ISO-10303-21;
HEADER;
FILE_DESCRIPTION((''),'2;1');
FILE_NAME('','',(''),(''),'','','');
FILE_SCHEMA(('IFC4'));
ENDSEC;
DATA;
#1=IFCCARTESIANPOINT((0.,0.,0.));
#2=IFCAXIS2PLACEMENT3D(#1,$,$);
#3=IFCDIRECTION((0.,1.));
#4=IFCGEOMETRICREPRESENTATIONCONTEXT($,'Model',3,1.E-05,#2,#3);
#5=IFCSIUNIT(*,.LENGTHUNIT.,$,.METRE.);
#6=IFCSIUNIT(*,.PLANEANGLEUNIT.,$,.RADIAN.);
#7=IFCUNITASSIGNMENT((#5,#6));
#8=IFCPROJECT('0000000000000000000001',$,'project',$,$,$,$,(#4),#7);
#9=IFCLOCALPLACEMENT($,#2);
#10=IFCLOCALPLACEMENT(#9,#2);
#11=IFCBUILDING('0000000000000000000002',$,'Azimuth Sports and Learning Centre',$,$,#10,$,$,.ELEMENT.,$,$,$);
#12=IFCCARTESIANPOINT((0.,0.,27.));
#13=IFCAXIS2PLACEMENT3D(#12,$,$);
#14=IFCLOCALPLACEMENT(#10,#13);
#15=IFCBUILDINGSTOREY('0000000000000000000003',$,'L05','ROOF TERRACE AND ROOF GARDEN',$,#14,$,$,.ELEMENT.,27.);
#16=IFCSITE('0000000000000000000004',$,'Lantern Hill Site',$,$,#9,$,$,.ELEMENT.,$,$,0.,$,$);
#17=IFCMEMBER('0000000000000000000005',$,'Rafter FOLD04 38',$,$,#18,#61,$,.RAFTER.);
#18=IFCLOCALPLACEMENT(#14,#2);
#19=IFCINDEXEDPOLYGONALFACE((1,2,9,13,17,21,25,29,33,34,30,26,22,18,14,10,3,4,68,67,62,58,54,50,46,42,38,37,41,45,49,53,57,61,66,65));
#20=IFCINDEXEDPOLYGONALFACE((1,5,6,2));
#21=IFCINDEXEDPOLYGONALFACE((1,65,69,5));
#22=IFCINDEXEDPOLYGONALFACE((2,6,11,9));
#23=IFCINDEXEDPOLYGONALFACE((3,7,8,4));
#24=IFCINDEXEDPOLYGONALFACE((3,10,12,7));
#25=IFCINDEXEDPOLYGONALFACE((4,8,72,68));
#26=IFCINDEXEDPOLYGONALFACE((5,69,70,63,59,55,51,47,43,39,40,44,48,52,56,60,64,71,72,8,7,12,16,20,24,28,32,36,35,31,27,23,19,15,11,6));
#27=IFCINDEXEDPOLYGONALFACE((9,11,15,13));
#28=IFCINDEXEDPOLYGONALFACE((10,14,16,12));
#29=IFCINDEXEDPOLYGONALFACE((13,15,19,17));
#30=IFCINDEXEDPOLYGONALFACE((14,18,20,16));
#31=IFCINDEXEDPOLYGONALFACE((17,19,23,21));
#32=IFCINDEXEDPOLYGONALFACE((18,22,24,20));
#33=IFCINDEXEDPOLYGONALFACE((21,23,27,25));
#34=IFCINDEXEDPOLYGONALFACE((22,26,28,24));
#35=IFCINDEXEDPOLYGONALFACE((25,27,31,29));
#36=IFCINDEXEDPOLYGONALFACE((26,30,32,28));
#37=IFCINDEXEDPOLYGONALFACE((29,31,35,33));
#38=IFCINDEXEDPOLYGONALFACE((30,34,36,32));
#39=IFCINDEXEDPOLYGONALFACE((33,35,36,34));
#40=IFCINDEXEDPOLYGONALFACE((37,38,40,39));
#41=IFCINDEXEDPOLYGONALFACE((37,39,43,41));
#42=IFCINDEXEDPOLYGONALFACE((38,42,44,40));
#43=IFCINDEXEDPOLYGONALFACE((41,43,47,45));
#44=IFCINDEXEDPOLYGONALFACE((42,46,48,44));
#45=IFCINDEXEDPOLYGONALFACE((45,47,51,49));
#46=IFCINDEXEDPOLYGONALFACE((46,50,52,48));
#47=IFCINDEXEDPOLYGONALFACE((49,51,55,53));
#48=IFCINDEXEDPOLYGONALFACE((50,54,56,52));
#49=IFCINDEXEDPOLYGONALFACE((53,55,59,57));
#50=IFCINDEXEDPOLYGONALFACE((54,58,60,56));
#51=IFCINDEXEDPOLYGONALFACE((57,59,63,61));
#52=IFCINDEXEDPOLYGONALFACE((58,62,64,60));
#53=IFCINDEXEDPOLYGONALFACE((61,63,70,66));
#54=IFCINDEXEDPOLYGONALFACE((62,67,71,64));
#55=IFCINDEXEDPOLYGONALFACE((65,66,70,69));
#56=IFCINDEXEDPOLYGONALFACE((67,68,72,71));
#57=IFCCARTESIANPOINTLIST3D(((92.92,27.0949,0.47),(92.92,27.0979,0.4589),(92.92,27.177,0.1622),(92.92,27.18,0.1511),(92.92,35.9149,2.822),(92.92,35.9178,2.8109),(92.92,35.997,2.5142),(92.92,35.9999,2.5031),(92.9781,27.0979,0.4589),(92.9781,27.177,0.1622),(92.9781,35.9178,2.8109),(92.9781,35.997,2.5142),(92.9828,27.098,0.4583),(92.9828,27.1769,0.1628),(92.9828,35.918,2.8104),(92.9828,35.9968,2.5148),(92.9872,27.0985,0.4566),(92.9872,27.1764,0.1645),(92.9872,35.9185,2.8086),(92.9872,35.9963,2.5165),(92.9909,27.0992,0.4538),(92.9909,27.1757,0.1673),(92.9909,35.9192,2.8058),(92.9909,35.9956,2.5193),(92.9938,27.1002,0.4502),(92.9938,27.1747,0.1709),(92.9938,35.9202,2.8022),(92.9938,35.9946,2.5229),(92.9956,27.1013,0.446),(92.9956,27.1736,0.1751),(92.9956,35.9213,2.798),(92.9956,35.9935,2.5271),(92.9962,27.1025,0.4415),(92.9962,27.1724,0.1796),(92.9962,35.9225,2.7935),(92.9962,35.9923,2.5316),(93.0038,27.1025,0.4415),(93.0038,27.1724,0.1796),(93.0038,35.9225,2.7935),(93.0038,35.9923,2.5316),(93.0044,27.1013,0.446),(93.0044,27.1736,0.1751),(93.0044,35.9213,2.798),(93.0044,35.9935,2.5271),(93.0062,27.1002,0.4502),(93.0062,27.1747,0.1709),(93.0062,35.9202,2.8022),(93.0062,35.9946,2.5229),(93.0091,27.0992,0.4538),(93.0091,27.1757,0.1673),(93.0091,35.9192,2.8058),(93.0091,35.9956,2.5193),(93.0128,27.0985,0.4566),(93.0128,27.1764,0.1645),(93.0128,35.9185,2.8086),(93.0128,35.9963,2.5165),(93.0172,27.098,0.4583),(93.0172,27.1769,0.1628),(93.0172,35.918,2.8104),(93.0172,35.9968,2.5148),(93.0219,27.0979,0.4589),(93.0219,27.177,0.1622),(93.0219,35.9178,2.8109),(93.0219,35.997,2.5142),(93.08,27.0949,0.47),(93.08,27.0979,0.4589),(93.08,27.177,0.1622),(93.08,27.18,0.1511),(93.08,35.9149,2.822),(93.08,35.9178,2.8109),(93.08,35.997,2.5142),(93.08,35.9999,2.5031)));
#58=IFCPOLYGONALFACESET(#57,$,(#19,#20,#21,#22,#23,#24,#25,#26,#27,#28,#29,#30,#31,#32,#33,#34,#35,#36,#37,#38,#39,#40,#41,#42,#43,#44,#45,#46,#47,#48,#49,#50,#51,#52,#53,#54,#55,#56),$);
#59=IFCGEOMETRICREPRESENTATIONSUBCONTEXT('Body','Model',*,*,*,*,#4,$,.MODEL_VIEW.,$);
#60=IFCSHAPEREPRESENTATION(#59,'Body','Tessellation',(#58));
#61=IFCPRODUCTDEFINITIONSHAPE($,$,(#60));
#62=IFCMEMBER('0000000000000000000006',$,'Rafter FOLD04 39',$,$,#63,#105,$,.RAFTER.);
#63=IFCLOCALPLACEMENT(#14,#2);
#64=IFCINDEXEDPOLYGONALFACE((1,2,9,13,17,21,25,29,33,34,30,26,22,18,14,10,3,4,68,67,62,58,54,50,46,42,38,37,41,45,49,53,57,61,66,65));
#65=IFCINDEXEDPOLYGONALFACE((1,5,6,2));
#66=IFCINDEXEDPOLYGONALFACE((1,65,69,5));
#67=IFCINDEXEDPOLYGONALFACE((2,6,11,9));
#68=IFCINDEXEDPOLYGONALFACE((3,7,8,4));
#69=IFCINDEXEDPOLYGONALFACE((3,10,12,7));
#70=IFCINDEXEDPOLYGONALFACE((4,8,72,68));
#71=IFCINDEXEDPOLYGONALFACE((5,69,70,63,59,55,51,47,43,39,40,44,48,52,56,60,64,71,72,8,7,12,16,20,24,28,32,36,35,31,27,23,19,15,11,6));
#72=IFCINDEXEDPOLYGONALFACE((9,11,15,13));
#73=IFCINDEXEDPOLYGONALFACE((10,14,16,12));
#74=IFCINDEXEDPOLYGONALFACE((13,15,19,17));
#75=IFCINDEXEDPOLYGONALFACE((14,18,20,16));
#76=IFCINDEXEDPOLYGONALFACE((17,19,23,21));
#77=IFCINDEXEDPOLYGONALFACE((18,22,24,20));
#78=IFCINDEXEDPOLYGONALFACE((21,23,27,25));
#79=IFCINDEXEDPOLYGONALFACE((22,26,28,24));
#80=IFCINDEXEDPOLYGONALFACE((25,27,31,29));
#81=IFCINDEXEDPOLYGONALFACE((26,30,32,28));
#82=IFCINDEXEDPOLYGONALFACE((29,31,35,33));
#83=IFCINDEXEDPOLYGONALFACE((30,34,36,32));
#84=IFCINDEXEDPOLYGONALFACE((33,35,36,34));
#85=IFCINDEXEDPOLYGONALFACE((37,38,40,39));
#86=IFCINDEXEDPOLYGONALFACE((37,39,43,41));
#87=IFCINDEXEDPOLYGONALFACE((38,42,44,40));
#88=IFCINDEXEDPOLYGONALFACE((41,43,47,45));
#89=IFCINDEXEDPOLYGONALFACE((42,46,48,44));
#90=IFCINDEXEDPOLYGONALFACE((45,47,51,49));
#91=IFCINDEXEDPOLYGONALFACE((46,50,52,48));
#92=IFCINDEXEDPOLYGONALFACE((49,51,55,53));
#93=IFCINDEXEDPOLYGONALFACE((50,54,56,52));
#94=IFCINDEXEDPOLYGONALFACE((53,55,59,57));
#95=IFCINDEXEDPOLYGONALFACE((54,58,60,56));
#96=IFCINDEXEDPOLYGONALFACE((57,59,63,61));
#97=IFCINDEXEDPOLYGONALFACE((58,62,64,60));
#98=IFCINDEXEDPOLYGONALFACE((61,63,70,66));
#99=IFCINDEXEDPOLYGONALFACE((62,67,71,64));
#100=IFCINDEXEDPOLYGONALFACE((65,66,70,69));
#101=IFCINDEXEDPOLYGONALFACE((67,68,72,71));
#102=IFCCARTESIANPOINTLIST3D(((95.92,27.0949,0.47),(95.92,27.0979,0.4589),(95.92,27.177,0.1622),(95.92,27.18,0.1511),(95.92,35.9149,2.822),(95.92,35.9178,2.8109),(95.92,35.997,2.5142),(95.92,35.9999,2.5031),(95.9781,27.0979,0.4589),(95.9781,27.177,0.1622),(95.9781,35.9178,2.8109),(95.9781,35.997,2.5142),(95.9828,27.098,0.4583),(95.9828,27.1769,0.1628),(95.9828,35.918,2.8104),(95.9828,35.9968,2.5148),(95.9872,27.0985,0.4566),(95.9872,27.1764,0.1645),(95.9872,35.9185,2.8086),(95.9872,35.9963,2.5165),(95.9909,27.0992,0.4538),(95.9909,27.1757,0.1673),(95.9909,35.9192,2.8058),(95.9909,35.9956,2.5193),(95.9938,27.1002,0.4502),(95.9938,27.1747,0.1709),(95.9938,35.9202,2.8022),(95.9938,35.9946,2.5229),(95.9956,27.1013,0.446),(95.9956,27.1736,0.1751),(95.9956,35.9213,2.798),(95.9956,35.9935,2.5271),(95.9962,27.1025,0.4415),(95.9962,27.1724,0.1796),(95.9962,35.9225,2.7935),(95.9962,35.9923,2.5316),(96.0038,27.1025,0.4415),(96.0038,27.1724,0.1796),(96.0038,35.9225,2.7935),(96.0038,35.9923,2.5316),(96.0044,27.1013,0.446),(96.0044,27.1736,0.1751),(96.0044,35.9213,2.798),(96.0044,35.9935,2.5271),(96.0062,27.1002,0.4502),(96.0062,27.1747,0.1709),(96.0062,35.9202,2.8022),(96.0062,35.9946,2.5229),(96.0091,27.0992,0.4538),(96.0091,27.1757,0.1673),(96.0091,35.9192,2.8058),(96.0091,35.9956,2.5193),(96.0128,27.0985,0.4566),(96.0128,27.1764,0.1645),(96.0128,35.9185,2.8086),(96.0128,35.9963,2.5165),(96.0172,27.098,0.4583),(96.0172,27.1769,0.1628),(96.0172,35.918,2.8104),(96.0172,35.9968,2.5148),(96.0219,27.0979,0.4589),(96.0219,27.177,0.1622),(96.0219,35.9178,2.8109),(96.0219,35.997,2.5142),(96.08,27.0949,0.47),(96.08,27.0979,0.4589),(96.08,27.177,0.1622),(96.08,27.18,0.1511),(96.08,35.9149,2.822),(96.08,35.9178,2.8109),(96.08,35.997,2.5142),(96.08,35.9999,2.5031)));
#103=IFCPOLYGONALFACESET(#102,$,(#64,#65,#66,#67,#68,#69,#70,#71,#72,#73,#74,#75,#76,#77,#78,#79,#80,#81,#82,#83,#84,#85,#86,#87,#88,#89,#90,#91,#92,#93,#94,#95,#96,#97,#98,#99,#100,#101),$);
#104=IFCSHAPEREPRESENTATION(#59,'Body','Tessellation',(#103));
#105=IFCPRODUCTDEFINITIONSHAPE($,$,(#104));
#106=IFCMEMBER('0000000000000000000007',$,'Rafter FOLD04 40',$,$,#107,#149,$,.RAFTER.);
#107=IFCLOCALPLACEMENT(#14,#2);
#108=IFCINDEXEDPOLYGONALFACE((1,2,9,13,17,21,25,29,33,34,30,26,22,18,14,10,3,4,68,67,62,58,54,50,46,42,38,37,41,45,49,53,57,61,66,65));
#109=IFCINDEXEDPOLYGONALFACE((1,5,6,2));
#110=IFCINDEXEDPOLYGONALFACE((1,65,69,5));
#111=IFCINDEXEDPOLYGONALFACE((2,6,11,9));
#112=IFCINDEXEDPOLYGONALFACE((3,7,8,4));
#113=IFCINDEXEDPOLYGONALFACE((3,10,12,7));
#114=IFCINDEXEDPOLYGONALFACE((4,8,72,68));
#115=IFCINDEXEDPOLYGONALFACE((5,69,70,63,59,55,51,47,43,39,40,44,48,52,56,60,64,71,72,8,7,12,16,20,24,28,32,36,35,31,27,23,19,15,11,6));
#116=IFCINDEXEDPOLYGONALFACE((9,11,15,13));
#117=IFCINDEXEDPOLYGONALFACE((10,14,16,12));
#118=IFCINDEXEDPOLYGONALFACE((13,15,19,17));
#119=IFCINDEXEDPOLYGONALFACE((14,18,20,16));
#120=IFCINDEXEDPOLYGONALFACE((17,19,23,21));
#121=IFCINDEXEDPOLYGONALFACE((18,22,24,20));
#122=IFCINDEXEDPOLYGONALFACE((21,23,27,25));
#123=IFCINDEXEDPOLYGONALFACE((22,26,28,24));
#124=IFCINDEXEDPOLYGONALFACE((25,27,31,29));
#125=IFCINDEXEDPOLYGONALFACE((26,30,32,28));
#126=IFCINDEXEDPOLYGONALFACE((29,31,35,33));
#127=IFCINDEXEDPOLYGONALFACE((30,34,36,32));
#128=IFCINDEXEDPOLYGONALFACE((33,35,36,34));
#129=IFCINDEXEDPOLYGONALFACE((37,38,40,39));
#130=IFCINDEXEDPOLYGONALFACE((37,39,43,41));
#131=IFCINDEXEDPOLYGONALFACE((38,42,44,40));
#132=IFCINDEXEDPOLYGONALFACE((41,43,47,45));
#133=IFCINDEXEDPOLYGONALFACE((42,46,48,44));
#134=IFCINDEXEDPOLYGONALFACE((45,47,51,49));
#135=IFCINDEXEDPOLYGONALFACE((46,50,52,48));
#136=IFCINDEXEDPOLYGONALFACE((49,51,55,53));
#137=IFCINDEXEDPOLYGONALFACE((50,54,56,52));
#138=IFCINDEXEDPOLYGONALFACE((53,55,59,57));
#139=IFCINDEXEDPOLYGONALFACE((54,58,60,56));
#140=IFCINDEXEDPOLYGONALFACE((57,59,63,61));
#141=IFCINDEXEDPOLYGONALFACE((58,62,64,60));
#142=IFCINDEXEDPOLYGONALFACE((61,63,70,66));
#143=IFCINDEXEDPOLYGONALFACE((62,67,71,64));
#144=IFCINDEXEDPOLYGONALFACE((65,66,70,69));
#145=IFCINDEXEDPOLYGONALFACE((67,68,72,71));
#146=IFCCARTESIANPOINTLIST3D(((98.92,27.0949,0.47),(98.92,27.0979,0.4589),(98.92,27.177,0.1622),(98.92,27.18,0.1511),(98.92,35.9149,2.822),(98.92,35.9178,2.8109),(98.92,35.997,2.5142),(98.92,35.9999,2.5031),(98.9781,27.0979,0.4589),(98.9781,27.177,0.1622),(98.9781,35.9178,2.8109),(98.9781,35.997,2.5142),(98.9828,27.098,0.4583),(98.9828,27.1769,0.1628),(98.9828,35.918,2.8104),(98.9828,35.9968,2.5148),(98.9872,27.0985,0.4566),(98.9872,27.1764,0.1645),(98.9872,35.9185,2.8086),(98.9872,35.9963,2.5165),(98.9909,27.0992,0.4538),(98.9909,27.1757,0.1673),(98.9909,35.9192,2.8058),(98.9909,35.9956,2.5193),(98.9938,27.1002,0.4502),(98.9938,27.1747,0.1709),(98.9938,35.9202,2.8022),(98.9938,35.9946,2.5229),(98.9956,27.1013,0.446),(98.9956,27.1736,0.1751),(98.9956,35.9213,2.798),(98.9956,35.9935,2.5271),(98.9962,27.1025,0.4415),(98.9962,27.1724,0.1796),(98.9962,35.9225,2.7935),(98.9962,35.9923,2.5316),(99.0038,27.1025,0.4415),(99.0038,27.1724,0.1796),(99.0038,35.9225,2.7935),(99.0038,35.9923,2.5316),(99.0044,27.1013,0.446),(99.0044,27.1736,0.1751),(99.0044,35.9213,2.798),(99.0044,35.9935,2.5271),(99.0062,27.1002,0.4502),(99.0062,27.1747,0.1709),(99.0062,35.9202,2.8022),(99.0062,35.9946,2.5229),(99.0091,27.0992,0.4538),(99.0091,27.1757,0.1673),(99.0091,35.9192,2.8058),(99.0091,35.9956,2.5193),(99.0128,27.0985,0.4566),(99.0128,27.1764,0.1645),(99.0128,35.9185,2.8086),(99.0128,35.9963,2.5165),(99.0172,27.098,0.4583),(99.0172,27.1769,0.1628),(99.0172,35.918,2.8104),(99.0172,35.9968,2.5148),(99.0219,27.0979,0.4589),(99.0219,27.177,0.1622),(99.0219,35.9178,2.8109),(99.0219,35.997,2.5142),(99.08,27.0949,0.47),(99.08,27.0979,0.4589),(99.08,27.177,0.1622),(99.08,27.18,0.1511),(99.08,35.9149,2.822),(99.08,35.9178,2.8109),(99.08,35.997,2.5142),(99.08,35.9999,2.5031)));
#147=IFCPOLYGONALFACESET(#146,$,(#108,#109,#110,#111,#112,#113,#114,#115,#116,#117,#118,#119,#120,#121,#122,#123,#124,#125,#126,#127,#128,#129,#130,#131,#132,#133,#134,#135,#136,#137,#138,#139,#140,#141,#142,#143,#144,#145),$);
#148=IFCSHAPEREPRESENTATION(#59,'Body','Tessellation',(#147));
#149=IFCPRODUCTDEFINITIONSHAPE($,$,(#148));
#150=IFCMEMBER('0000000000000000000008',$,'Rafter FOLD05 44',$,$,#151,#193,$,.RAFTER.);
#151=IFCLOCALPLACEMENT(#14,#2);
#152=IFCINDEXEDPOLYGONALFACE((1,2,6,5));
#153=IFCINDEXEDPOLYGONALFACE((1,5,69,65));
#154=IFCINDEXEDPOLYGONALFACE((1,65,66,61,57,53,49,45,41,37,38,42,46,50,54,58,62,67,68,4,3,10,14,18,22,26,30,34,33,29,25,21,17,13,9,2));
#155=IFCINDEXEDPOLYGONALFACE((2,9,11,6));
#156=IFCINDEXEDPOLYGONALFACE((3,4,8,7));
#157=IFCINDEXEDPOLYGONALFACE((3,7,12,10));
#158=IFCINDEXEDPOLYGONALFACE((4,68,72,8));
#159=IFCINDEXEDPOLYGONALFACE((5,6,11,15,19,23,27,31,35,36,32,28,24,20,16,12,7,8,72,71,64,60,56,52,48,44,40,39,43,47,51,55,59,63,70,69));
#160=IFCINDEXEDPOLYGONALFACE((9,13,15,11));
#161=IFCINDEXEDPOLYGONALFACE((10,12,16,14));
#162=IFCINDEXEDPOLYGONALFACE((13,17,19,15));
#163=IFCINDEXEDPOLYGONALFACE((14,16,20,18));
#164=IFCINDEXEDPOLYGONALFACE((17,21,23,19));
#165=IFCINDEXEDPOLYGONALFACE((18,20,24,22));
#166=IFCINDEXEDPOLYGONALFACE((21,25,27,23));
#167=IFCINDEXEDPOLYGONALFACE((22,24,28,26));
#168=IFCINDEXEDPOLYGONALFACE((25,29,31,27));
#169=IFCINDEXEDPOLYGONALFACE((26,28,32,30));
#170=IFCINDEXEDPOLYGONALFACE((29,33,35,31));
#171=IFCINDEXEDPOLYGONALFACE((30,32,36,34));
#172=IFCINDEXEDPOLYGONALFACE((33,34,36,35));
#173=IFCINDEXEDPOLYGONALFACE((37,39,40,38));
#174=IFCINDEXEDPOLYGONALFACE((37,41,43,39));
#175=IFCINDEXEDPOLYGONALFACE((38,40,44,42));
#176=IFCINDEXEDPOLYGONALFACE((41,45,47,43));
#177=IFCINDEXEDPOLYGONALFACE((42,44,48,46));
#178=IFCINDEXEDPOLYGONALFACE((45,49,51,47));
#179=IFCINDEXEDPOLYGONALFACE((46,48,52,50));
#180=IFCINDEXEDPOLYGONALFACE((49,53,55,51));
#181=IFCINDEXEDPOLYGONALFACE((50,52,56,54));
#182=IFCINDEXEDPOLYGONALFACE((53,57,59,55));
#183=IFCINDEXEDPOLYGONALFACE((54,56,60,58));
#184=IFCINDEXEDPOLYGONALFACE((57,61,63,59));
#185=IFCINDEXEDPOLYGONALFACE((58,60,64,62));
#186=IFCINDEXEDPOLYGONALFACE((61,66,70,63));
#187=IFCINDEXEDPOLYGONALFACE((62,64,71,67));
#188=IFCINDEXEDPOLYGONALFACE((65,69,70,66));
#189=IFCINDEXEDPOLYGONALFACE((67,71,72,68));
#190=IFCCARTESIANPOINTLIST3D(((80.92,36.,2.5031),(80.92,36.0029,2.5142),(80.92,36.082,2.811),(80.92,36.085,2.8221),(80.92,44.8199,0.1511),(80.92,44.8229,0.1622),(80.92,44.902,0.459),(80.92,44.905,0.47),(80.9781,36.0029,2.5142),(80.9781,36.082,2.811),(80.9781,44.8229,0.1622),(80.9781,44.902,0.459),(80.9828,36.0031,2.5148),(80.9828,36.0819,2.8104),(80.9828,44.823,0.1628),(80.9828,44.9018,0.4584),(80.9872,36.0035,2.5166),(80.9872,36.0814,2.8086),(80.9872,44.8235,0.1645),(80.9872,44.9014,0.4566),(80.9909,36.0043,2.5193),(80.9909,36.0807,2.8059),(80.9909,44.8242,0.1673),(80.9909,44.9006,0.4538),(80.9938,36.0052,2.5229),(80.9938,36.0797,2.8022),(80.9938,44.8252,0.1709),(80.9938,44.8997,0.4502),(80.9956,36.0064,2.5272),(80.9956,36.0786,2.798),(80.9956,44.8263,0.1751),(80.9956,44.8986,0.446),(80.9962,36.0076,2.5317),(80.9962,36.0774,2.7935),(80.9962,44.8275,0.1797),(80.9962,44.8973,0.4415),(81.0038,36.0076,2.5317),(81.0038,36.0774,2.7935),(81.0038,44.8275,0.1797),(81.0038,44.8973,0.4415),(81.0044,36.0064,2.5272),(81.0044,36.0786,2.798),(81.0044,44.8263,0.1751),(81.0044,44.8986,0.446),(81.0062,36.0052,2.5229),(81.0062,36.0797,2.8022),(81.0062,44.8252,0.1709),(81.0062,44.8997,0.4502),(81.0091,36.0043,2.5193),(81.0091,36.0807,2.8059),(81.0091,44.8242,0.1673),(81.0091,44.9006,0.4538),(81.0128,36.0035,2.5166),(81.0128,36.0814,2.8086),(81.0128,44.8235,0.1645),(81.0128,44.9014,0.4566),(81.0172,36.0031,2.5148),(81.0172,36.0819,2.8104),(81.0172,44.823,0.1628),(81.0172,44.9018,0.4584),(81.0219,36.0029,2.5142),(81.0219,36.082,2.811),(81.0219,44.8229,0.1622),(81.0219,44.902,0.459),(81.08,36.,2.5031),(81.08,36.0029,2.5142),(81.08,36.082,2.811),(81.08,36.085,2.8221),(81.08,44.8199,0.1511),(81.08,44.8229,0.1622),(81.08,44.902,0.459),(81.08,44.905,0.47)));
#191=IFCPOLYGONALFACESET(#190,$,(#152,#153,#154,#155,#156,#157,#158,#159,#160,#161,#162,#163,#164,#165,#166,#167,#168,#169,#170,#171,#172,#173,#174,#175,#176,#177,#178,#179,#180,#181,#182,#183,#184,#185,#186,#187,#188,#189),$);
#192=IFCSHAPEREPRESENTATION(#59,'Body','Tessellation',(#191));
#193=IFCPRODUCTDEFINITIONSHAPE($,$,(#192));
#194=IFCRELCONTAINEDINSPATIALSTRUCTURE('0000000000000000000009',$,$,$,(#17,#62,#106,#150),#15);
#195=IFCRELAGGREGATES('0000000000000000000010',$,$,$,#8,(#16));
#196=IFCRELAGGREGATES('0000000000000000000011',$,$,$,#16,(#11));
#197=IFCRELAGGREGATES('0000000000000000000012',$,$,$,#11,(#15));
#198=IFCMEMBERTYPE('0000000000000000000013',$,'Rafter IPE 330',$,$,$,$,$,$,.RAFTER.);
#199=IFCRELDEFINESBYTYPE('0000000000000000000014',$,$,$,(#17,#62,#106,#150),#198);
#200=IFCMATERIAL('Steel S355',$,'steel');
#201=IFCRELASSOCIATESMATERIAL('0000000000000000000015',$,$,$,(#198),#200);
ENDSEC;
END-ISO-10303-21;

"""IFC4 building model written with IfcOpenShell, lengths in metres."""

from ifc_helpers import new_model, si_unit, direction, frame, origin, origin_2d, place, context, subcontext, project, spatial, i_section, extrude, material, material_profile, profile_set, type_object, element, save


model = new_model("IFC4")

# Units and contexts
model_context = context("Model", 3, precision=1e-05, world=origin(), true_north=direction((0.0, 1.0)))
body_context = subcontext(model_context, "Body", "Model", "MODEL_VIEW")
ifc_project = project(units=[si_unit("LENGTHUNIT", "METRE"), si_unit("PLANEANGLEUNIT", "RADIAN")], contexts=[model_context])

# Site, building, storey
site_placement = place(None, origin())
site = spatial("IfcSite", under=ifc_project, at=site_placement, Name="Lantern Hill Site", CompositionType="ELEMENT", RefElevation=0.0)
building_placement = place(site_placement, origin())
building = spatial("IfcBuilding", under=site, at=building_placement, Name="Azimuth Sports and Learning Centre", CompositionType="ELEMENT")
storey_placement = place(building_placement, frame((0.0, 0.0, 27.0)))
storey = spatial("IfcBuildingStorey", under=building, at=storey_placement, Name="L05", Description="ROOF TERRACE AND ROOF GARDEN", CompositionType="ELEMENT", Elevation=27.0)

# Members
ifc_material_1 = material(Name="Steel S355", Category="steel")
ifc_material_profile_1 = material_profile(ifc_material_1, i_section(OverallWidth=0.1599, OverallDepth=0.3301, WebThickness=0.0076, FlangeThickness=0.0115, FilletRadius=0.0181, at=origin_2d()), Name="IPE 330")
ifc_profile_set_1 = profile_set([ifc_material_profile_1], Name="Steel S355")
member_type_1 = type_object("IfcMemberType", Name="Rafter IPE 330", PredefinedType="RAFTER", material=ifc_profile_set_1)
for number, where, z_axis, x_axis, name in (
    (1, (93.0, 27.1375, 0.3105), (0.0, 0.966234, 0.257666), (-1.0, 0.0, 0.0), "Rafter FOLD04 38"),
    (2, (96.0, 27.1375, 0.3105), (0.0, 0.966234, 0.257666), (-1.0, 0.0, 0.0), "Rafter FOLD04 39"),
    (3, (99.0, 27.1375, 0.3105), (0.0, 0.966234, 0.257666), (-1.0, 0.0, 0.0), "Rafter FOLD04 40"),
    (4, (81.0, 36.0425, 2.6626), (0.0, 0.966234, -0.257666), (-1.0, 0.0, 0.0), "Rafter FOLD05 44"),
):
    element("IfcMember", number, at=place(storey_placement, frame(where, z_axis=z_axis, x_axis=x_axis)), inside=storey, type_object=member_type_1, Name=name, PredefinedType="RAFTER", context=body_context, shape_type="SweptSolid", body=[
        extrude(i_section(OverallWidth=0.1599, OverallDepth=0.3301, WebThickness=0.0076, FlangeThickness=0.0115, FilletRadius=0.0181, at=origin_2d()), origin(), (0.0, 0.0, 1.0), 9.1282),
    ])

save(model, "model.ifc")
